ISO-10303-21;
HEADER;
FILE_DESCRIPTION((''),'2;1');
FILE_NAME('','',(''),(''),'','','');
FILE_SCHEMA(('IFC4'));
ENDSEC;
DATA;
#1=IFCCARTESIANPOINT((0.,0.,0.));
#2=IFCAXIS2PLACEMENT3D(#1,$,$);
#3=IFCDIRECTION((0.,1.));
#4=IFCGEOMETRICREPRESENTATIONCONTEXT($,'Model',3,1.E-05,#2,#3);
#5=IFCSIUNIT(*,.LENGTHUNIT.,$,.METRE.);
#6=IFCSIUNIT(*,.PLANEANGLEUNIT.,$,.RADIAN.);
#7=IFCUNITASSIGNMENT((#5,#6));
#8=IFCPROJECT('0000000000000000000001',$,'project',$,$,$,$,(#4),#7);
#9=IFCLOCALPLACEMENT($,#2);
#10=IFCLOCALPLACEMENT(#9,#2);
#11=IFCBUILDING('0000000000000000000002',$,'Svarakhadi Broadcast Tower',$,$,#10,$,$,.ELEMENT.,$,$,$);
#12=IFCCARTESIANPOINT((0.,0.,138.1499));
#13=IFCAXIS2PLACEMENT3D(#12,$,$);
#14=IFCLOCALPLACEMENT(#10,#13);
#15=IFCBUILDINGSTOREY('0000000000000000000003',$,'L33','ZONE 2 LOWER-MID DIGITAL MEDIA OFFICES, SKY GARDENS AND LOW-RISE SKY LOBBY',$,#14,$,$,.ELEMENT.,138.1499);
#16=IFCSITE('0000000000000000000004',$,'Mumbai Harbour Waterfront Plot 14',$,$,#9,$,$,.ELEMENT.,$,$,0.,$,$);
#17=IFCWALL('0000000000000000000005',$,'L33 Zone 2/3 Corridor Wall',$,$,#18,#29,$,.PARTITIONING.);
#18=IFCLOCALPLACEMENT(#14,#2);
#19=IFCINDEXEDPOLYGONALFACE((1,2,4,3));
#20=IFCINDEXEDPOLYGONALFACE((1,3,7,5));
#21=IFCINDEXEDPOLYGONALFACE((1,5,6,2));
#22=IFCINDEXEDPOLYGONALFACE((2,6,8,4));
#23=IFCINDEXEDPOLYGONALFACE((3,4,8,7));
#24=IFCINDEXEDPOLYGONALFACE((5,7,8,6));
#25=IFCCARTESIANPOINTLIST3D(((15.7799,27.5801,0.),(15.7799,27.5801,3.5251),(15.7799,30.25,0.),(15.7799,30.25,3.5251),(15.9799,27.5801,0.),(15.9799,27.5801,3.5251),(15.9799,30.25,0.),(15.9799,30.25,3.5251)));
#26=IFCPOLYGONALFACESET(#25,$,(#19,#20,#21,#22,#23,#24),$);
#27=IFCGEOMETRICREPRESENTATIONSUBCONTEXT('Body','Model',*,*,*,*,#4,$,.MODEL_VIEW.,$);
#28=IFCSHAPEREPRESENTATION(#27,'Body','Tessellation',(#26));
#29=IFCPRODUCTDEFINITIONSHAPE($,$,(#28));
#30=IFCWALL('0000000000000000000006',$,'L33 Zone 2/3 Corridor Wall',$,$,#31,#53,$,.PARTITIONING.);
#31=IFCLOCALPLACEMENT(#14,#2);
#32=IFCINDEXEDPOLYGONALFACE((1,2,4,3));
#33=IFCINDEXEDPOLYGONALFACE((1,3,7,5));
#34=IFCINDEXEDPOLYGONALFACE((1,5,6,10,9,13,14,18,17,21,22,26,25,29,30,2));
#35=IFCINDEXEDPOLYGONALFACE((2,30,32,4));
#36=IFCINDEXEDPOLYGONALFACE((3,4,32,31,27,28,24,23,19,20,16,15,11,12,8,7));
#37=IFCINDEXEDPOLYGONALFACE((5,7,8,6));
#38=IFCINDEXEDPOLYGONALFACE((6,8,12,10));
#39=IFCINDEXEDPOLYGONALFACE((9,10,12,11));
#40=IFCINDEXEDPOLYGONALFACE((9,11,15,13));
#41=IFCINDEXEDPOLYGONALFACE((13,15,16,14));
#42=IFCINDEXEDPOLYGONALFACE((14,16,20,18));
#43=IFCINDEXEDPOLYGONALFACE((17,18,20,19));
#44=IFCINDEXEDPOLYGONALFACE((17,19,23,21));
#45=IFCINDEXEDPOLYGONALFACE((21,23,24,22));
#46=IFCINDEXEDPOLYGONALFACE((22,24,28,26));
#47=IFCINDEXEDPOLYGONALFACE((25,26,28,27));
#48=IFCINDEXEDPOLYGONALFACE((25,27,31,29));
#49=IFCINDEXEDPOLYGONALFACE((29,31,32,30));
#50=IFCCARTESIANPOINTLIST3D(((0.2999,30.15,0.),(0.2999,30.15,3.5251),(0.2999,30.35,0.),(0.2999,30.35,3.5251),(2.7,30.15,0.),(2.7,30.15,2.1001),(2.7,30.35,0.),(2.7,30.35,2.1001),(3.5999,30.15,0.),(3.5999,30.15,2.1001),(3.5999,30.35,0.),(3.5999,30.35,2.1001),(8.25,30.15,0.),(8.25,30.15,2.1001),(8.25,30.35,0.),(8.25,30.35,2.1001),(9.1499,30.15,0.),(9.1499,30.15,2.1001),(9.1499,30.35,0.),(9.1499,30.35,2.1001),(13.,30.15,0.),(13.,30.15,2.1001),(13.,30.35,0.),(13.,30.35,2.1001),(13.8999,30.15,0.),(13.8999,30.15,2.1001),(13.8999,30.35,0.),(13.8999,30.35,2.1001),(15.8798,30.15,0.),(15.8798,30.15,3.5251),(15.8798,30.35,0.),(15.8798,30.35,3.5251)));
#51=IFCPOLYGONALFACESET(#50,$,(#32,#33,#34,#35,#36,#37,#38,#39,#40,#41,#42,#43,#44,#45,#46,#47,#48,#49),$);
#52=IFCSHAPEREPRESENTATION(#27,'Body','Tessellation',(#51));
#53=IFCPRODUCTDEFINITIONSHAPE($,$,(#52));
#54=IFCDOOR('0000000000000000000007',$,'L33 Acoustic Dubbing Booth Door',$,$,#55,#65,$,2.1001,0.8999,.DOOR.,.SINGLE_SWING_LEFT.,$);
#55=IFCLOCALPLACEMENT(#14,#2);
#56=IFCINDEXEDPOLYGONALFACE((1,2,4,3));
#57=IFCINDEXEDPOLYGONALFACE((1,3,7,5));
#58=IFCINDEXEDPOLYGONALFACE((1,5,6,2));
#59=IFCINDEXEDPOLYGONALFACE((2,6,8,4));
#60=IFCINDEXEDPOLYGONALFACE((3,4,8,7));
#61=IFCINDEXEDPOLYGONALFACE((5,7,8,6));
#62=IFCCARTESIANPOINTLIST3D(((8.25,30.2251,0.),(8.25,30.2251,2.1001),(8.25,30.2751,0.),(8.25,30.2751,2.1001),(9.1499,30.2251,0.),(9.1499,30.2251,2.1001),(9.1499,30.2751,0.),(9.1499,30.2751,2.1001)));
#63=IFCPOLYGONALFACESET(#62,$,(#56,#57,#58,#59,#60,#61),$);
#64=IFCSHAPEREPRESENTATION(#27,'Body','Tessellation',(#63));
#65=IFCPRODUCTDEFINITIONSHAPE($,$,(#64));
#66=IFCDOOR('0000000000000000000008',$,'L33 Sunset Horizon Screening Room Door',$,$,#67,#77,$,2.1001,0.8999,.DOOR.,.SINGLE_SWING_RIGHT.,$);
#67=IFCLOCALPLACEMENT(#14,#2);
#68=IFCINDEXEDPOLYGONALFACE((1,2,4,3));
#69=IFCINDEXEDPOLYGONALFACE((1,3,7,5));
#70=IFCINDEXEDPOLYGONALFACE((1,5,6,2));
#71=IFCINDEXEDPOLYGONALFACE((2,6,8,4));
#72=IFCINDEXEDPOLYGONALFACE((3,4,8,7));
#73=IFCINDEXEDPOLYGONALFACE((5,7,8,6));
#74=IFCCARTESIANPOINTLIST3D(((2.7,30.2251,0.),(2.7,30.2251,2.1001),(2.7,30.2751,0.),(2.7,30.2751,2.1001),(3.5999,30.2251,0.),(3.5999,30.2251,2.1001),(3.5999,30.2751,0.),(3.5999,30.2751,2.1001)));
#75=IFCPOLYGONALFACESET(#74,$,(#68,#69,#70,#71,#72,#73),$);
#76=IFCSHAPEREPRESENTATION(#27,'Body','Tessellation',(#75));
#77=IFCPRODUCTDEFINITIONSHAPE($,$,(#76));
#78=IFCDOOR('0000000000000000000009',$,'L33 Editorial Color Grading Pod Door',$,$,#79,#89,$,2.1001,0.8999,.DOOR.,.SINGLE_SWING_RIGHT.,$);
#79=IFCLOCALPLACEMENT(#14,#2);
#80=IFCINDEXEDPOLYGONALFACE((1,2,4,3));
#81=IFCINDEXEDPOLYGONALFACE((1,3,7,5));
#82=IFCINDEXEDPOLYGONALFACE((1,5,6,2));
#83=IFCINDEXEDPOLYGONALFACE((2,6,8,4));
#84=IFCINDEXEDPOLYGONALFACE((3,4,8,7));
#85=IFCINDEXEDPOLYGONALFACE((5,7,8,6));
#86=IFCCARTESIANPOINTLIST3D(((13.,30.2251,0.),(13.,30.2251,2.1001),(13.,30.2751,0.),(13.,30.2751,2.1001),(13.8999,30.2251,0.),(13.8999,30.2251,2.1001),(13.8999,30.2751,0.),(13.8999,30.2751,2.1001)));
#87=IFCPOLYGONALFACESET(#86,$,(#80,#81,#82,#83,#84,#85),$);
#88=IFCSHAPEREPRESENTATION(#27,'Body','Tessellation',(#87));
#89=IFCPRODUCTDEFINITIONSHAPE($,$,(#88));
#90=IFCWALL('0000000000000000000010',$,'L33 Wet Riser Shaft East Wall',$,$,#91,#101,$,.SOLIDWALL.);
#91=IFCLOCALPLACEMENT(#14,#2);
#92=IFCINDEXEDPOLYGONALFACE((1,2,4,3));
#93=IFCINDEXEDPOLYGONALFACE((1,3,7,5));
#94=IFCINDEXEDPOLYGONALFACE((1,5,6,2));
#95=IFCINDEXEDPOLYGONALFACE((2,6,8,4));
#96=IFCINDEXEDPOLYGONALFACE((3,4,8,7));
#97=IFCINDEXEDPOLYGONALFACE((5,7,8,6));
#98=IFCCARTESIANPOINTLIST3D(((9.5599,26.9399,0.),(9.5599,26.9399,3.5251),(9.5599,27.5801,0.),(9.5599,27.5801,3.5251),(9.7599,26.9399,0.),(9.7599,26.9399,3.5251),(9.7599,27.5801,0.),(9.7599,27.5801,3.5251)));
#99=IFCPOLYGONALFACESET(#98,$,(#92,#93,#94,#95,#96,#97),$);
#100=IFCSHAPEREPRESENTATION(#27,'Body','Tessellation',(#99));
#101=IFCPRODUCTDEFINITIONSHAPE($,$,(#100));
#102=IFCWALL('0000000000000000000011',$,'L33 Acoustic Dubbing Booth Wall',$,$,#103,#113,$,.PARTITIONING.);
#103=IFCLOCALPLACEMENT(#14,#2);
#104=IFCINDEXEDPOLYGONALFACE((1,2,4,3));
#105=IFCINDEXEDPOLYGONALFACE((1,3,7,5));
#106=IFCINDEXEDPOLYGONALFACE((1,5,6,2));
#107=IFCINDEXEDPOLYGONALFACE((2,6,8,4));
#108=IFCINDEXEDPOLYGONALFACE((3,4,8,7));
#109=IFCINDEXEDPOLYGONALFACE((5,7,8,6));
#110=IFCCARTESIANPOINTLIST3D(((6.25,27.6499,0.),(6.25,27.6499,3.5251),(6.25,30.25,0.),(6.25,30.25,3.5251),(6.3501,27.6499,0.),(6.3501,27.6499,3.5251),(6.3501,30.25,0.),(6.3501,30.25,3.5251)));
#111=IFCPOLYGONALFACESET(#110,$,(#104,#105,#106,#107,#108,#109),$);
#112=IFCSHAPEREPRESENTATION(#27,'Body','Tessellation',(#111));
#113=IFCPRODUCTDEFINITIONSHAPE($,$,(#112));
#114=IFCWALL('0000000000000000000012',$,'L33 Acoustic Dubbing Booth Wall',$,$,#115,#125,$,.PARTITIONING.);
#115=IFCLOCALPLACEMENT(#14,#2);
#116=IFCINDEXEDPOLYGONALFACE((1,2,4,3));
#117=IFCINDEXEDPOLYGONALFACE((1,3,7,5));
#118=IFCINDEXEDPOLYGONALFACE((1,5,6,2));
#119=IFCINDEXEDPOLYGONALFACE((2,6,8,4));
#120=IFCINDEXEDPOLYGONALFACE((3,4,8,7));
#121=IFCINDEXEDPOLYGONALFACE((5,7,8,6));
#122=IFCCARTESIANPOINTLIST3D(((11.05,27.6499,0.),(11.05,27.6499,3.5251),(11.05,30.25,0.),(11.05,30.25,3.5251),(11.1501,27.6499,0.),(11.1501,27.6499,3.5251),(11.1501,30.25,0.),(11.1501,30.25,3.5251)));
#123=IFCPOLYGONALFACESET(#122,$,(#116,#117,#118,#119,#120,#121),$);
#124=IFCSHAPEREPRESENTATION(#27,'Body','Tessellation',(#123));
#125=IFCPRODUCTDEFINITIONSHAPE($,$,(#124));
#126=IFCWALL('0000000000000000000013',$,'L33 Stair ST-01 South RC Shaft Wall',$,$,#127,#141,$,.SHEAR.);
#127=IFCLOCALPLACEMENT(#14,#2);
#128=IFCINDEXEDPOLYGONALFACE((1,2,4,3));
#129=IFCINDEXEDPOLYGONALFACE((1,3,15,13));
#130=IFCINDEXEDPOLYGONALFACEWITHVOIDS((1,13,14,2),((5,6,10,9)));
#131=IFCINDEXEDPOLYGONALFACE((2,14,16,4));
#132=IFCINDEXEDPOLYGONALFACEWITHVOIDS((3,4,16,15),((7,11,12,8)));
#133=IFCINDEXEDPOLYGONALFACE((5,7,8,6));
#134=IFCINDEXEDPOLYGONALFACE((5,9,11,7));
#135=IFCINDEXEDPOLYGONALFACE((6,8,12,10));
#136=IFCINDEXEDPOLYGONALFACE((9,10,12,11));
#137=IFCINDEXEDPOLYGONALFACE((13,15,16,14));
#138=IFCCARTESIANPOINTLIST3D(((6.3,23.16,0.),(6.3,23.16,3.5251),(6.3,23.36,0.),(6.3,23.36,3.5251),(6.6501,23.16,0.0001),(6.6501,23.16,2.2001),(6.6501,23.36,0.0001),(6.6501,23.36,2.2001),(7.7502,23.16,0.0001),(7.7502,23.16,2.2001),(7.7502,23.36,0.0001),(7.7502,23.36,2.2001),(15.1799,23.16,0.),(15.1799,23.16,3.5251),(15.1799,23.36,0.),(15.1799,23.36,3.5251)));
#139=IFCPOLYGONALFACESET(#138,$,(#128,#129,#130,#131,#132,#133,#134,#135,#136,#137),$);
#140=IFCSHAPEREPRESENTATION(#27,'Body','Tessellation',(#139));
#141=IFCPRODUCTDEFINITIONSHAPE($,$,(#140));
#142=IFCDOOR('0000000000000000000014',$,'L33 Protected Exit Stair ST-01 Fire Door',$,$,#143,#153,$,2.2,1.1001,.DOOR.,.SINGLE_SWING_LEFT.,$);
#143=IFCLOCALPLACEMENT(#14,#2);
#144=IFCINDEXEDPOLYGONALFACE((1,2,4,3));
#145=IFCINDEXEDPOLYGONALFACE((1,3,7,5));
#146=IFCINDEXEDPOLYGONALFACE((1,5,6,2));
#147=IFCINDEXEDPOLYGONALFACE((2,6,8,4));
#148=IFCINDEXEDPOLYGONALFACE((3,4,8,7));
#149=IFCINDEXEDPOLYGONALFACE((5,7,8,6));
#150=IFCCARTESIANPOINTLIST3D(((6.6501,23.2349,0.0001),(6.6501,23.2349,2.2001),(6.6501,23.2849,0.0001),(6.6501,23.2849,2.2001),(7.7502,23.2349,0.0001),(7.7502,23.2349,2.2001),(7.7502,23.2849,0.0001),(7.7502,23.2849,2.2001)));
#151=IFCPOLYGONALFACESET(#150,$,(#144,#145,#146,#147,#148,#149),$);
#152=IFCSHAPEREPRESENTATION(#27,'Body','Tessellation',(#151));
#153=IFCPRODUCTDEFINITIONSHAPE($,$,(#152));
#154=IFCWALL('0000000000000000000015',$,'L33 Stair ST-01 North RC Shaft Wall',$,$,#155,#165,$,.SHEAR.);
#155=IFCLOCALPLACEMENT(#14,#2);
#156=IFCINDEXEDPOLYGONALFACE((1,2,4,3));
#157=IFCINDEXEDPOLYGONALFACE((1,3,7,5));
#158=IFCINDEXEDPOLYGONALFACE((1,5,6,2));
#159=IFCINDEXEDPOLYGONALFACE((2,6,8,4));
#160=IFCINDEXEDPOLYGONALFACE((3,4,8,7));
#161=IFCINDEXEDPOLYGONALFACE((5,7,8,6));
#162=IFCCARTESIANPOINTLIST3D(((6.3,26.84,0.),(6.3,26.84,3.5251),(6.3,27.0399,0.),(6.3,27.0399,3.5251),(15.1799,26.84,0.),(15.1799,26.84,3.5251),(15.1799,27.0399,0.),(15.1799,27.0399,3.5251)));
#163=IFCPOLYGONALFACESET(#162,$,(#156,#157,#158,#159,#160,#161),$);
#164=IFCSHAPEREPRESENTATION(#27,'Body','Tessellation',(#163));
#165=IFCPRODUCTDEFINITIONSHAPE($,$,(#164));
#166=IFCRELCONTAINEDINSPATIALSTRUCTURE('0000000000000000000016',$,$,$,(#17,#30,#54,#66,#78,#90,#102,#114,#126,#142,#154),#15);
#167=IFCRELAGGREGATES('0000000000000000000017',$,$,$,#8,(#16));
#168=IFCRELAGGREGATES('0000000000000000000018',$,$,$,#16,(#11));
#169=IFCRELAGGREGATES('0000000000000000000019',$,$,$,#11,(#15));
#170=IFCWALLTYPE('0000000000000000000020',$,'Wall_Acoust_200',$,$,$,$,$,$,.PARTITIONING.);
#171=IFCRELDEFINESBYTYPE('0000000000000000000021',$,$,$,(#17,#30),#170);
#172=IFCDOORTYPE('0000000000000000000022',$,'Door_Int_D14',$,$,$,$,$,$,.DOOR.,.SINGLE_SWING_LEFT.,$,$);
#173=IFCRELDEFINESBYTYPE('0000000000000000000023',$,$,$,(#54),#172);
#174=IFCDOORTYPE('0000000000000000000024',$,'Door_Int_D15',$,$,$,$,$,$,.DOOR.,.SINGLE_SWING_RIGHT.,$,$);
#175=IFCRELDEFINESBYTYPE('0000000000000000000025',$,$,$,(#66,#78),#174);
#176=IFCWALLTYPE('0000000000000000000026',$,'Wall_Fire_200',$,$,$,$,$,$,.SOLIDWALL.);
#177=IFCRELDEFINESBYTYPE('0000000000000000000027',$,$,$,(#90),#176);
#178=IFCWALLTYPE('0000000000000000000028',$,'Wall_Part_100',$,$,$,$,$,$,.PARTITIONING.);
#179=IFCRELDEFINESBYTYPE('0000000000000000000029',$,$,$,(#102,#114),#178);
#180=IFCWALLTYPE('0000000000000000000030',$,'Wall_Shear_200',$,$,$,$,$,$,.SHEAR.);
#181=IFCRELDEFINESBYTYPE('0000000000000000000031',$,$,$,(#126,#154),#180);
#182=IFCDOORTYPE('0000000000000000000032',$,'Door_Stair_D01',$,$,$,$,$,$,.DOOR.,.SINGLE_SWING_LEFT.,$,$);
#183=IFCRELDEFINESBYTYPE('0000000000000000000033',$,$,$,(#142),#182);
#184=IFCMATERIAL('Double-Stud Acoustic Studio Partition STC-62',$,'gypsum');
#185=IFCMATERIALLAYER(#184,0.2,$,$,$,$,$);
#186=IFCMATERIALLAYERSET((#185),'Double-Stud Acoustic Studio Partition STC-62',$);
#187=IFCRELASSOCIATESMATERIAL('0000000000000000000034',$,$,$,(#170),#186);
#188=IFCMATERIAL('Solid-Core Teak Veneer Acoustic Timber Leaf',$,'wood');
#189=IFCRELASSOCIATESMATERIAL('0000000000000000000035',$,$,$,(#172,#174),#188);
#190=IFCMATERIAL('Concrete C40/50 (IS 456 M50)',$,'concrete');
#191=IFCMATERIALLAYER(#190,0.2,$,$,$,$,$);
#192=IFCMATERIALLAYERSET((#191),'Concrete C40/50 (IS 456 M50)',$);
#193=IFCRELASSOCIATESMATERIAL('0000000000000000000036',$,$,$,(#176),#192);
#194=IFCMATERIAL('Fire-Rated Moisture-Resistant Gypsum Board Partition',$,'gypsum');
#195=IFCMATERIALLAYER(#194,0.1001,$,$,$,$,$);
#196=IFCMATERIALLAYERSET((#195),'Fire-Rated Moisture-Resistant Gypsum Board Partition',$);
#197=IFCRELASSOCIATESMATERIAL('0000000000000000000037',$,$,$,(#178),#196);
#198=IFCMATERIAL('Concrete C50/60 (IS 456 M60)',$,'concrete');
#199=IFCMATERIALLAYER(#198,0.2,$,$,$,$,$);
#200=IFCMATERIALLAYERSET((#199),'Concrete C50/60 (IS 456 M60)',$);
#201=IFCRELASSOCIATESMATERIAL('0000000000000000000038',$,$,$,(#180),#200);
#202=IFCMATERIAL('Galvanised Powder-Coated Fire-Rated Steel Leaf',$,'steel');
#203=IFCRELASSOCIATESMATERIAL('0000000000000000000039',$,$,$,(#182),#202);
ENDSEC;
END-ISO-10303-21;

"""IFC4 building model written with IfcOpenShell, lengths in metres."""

from ifc_helpers import new_model, si_unit, direction, frame, frame_2d, origin, place, context, subcontext, project, spatial, rectangle, extrude, material, layer, layer_set, type_object, element, fill, save


model = new_model("IFC4")

# Units and contexts
model_context = context("Model", 3, precision=1e-05, world=origin(), true_north=direction((0.0, 1.0)))
body_context = subcontext(model_context, "Body", "Model", "MODEL_VIEW")
ifc_project = project(units=[si_unit("LENGTHUNIT", "METRE"), si_unit("PLANEANGLEUNIT", "RADIAN")], contexts=[model_context])

# Site, building, storey
site_placement = place(None, origin())
site = spatial("IfcSite", under=ifc_project, at=site_placement, Name="Mumbai Harbour Waterfront Plot 14", CompositionType="ELEMENT", RefElevation=0.0)
building_placement = place(site_placement, origin())
building = spatial("IfcBuilding", under=site, at=building_placement, Name="Svarakhadi Broadcast Tower", CompositionType="ELEMENT")
storey_placement = place(building_placement, frame((0.0, 0.0, 138.1499)))
storey = spatial("IfcBuildingStorey", under=building, at=storey_placement, Name="L33", Description="ZONE 2 LOWER-MID DIGITAL MEDIA OFFICES, SKY GARDENS AND LOW-RISE SKY LOBBY", CompositionType="ELEMENT", Elevation=138.1499)

# Shared definitions
ifc_material_1 = material(Name="Concrete C50/60 (IS 456 M60)", Category="concrete")

# Wall
ifc_material_2 = material(Name="Double-Stud Acoustic Studio Partition STC-62", Category="gypsum")
ifc_layer_1 = layer(ifc_material_2, 0.2)
ifc_layer_set_1 = layer_set([ifc_layer_1], Name="Double-Stud Acoustic Studio Partition STC-62")
wall_type_1 = type_object("IfcWallType", Name="Wall_Acoust_200", PredefinedType="PARTITIONING", material=ifc_layer_set_1)
for number, where, z_axis, x_axis, name in (
    (1, (15.8799, 27.5801, 0.0), (0.0, 0.0, 1.0), (0.0, 1.0, 0.0), "L33 Zone 2/3 Corridor Wall"),
):
    element("IfcWall", number, at=place(storey_placement, frame(where, z_axis=z_axis, x_axis=x_axis)), inside=storey, type_object=wall_type_1, Name=name, PredefinedType="PARTITIONING", context=body_context, shape_type="SweptSolid", body=[
        extrude(rectangle(XDim=2.6699, YDim=0.2, at=frame_2d((1.335, 0.0))), origin(), (0.0, 0.0, 1.0), 3.5251),
    ])

# Wall, openings, doors
wall_1_placement = place(storey_placement, frame((15.8799, 30.25, 0.0), z_axis=(0.0, 0.0, 1.0), x_axis=(-1.0, 0.0, 0.0)))
wall_1 = element("IfcWall", 2, at=wall_1_placement, inside=storey, type_object=wall_type_1, Name="L33 Zone 2/3 Corridor Wall", PredefinedType="PARTITIONING", context=body_context, shape_type="SweptSolid", body=[
    extrude(rectangle(XDim=15.5798, YDim=0.2, at=frame_2d((7.79, 0.0))), origin(), (0.0, 0.0, 1.0), 3.5251),
])
opening_1_placement = place(wall_1_placement, frame((12.28, 0.0, 0.0)))
opening_1 = element("IfcOpeningElement", 3, at=opening_1_placement, cuts=wall_1, PredefinedType="OPENING", context=body_context, shape_type="SweptSolid", body=[
    extrude(rectangle(XDim=0.8999, YDim=2.1001, at=frame_2d((0.45, 1.05))), frame((0.0, 0.1099, 0.0), z_axis=(0.0, -1.0, 0.0), x_axis=(1.0, 0.0, 0.0)), (0.0, 0.0, 1.0), 0.22),
])
opening_2_placement = place(wall_1_placement, frame((6.73, 0.0, 0.0)))
opening_2 = element("IfcOpeningElement", 4, at=opening_2_placement, cuts=wall_1, PredefinedType="OPENING", context=body_context, shape_type="SweptSolid", body=[
    extrude(rectangle(XDim=0.8999, YDim=2.1001, at=frame_2d((0.45, 1.05))), frame((0.0, 0.1099, 0.0), z_axis=(0.0, -1.0, 0.0), x_axis=(1.0, 0.0, 0.0)), (0.0, 0.0, 1.0), 0.22),
])
opening_3_placement = place(wall_1_placement, frame((1.98, 0.0, 0.0)))
opening_3 = element("IfcOpeningElement", 5, at=opening_3_placement, cuts=wall_1, PredefinedType="OPENING", context=body_context, shape_type="SweptSolid", body=[
    extrude(rectangle(XDim=0.8999, YDim=2.1001, at=frame_2d((0.45, 1.05))), frame((0.0, 0.1099, 0.0), z_axis=(0.0, -1.0, 0.0), x_axis=(1.0, 0.0, 0.0)), (0.0, 0.0, 1.0), 0.22),
])
ifc_material_3 = material(Name="Solid-Core Teak Veneer Acoustic Timber Leaf", Category="wood")
door_type_1 = type_object("IfcDoorType", Name="Door_Int_D14", OperationType="SINGLE_SWING_LEFT", PredefinedType="DOOR", material=ifc_material_3)
door_1_placement = place(opening_2_placement, origin())
door_1 = element("IfcDoor", 6, at=door_1_placement, inside=storey, type_object=door_type_1, Name="L33 Acoustic Dubbing Booth Door", OperationType="SINGLE_SWING_LEFT", OverallHeight=2.1001, OverallWidth=0.8999, PredefinedType="DOOR", context=body_context, shape_type="SweptSolid", body=[
    extrude(rectangle(XDim=0.8999, YDim=2.1001, at=frame_2d((0.45, 1.05))), frame((0.0, 0.0249, 0.0), z_axis=(0.0, -1.0, 0.0), x_axis=(1.0, 0.0, 0.0)), (0.0, 0.0, 1.0), 0.05),
])
fill(opening_2, door_1)
door_type_2 = type_object("IfcDoorType", Name="Door_Int_D15", OperationType="SINGLE_SWING_RIGHT", PredefinedType="DOOR", material=ifc_material_3)
door_2_placement = place(opening_1_placement, origin())
door_2 = element("IfcDoor", 7, at=door_2_placement, inside=storey, type_object=door_type_2, Name="L33 Sunset Horizon Screening Room Door", OperationType="SINGLE_SWING_RIGHT", OverallHeight=2.1001, OverallWidth=0.8999, PredefinedType="DOOR", context=body_context, shape_type="SweptSolid", body=[
    extrude(rectangle(XDim=0.8999, YDim=2.1001, at=frame_2d((0.45, 1.05))), frame((0.0, 0.0249, 0.0), z_axis=(0.0, -1.0, 0.0), x_axis=(1.0, 0.0, 0.0)), (0.0, 0.0, 1.0), 0.05),
])
fill(opening_1, door_2)
door_3_placement = place(opening_3_placement, origin())
door_3 = element("IfcDoor", 8, at=door_3_placement, inside=storey, type_object=door_type_2, Name="L33 Editorial Color Grading Pod Door", OperationType="SINGLE_SWING_RIGHT", OverallHeight=2.1001, OverallWidth=0.8999, PredefinedType="DOOR", context=body_context, shape_type="SweptSolid", body=[
    extrude(rectangle(XDim=0.8999, YDim=2.1001, at=frame_2d((0.45, 1.05))), frame((0.0, 0.0249, 0.0), z_axis=(0.0, -1.0, 0.0), x_axis=(1.0, 0.0, 0.0)), (0.0, 0.0, 1.0), 0.05),
])
fill(opening_3, door_3)

# Walls
ifc_material_4 = material(Name="Concrete C40/50 (IS 456 M50)", Category="concrete")
ifc_layer_2 = layer(ifc_material_4, 0.2)
ifc_layer_set_2 = layer_set([ifc_layer_2], Name="Concrete C40/50 (IS 456 M50)")
wall_type_2 = type_object("IfcWallType", Name="Wall_Fire_200", PredefinedType="SOLIDWALL", material=ifc_layer_set_2)
wall_2_placement = place(storey_placement, frame((9.6599, 26.9399, 0.0), z_axis=(0.0, 0.0, 1.0), x_axis=(0.0, 1.0, 0.0)))
element("IfcWall", 9, at=wall_2_placement, inside=storey, type_object=wall_type_2, Name="L33 Wet Riser Shaft East Wall", PredefinedType="SOLIDWALL", context=body_context, shape_type="SweptSolid", body=[
    extrude(rectangle(XDim=0.6401, YDim=0.2, at=frame_2d((0.3201, 0.0))), origin(), (0.0, 0.0, 1.0), 3.5251),
])
ifc_material_5 = material(Name="Fire-Rated Moisture-Resistant Gypsum Board Partition", Category="gypsum")
ifc_layer_3 = layer(ifc_material_5, 0.1001)
ifc_layer_set_3 = layer_set([ifc_layer_3], Name="Fire-Rated Moisture-Resistant Gypsum Board Partition")
wall_type_3 = type_object("IfcWallType", Name="Wall_Part_100", PredefinedType="PARTITIONING", material=ifc_layer_set_3)
for number, where, z_axis, x_axis, name in (
    (10, (6.3, 27.6499, 0.0), (0.0, 0.0, 1.0), (0.0, 1.0, 0.0), "L33 Acoustic Dubbing Booth Wall"),
    (11, (11.1001, 27.6499, 0.0), (0.0, 0.0, 1.0), (0.0, 1.0, 0.0), "L33 Acoustic Dubbing Booth Wall"),
):
    element("IfcWall", number, at=place(storey_placement, frame(where, z_axis=z_axis, x_axis=x_axis)), inside=storey, type_object=wall_type_3, Name=name, PredefinedType="PARTITIONING", context=body_context, shape_type="SweptSolid", body=[
        extrude(rectangle(XDim=2.6001, YDim=0.1001, at=frame_2d((1.3, 0.0))), origin(), (0.0, 0.0, 1.0), 3.5251),
    ])

# Wall, opening, door
ifc_layer_4 = layer(ifc_material_1, 0.2)
ifc_layer_set_4 = layer_set([ifc_layer_4], Name="Concrete C50/60 (IS 456 M60)")
wall_type_4 = type_object("IfcWallType", Name="Wall_Shear_200", PredefinedType="SHEAR", material=ifc_layer_set_4)
wall_3_placement = place(storey_placement, frame((6.3, 23.26, 0.0), z_axis=(0.0, 0.0, 1.0), x_axis=(1.0, 0.0, 0.0)))
wall_3 = element("IfcWall", 12, at=wall_3_placement, inside=storey, type_object=wall_type_4, Name="L33 Stair ST-01 South RC Shaft Wall", PredefinedType="SHEAR", context=body_context, shape_type="SweptSolid", body=[
    extrude(rectangle(XDim=8.8799, YDim=0.2, at=frame_2d((4.4399, 0.0))), origin(), (0.0, 0.0, 1.0), 3.5251),
])
opening_4_placement = place(wall_3_placement, frame((0.3501, 0.0, 0.0)))
opening_4 = element("IfcOpeningElement", 13, at=opening_4_placement, cuts=wall_3, PredefinedType="OPENING", context=body_context, shape_type="SweptSolid", body=[
    extrude(rectangle(XDim=1.1001, YDim=2.2, at=frame_2d((0.55, 1.1001))), frame((0.0, 0.1099, 0.0), z_axis=(0.0, -1.0, 0.0), x_axis=(1.0, 0.0, 0.0)), (0.0, 0.0, 1.0), 0.22),
])
ifc_material_6 = material(Name="Galvanised Powder-Coated Fire-Rated Steel Leaf", Category="steel")
door_type_3 = type_object("IfcDoorType", Name="Door_Stair_D01", OperationType="SINGLE_SWING_LEFT", PredefinedType="DOOR", material=ifc_material_6)
door_4_placement = place(opening_4_placement, origin())
door_4 = element("IfcDoor", 14, at=door_4_placement, inside=storey, type_object=door_type_3, Name="L33 Protected Exit Stair ST-01 Fire Door", OperationType="SINGLE_SWING_LEFT", OverallHeight=2.2, OverallWidth=1.1001, PredefinedType="DOOR", context=body_context, shape_type="SweptSolid", body=[
    extrude(rectangle(XDim=1.1001, YDim=2.2, at=frame_2d((0.55, 1.1001))), frame((0.0, 0.0249, 0.0), z_axis=(0.0, -1.0, 0.0), x_axis=(1.0, 0.0, 0.0)), (0.0, 0.0, 1.0), 0.05),
])
fill(opening_4, door_4)

# Wall
wall_4_placement = place(storey_placement, frame((6.3, 26.9399, 0.0), z_axis=(0.0, 0.0, 1.0), x_axis=(1.0, 0.0, 0.0)))
element("IfcWall", 15, at=wall_4_placement, inside=storey, type_object=wall_type_4, Name="L33 Stair ST-01 North RC Shaft Wall", PredefinedType="SHEAR", context=body_context, shape_type="SweptSolid", body=[
    extrude(rectangle(XDim=8.8799, YDim=0.2, at=frame_2d((4.4399, 0.0))), origin(), (0.0, 0.0, 1.0), 3.5251),
])

save(model, "model.ifc")
